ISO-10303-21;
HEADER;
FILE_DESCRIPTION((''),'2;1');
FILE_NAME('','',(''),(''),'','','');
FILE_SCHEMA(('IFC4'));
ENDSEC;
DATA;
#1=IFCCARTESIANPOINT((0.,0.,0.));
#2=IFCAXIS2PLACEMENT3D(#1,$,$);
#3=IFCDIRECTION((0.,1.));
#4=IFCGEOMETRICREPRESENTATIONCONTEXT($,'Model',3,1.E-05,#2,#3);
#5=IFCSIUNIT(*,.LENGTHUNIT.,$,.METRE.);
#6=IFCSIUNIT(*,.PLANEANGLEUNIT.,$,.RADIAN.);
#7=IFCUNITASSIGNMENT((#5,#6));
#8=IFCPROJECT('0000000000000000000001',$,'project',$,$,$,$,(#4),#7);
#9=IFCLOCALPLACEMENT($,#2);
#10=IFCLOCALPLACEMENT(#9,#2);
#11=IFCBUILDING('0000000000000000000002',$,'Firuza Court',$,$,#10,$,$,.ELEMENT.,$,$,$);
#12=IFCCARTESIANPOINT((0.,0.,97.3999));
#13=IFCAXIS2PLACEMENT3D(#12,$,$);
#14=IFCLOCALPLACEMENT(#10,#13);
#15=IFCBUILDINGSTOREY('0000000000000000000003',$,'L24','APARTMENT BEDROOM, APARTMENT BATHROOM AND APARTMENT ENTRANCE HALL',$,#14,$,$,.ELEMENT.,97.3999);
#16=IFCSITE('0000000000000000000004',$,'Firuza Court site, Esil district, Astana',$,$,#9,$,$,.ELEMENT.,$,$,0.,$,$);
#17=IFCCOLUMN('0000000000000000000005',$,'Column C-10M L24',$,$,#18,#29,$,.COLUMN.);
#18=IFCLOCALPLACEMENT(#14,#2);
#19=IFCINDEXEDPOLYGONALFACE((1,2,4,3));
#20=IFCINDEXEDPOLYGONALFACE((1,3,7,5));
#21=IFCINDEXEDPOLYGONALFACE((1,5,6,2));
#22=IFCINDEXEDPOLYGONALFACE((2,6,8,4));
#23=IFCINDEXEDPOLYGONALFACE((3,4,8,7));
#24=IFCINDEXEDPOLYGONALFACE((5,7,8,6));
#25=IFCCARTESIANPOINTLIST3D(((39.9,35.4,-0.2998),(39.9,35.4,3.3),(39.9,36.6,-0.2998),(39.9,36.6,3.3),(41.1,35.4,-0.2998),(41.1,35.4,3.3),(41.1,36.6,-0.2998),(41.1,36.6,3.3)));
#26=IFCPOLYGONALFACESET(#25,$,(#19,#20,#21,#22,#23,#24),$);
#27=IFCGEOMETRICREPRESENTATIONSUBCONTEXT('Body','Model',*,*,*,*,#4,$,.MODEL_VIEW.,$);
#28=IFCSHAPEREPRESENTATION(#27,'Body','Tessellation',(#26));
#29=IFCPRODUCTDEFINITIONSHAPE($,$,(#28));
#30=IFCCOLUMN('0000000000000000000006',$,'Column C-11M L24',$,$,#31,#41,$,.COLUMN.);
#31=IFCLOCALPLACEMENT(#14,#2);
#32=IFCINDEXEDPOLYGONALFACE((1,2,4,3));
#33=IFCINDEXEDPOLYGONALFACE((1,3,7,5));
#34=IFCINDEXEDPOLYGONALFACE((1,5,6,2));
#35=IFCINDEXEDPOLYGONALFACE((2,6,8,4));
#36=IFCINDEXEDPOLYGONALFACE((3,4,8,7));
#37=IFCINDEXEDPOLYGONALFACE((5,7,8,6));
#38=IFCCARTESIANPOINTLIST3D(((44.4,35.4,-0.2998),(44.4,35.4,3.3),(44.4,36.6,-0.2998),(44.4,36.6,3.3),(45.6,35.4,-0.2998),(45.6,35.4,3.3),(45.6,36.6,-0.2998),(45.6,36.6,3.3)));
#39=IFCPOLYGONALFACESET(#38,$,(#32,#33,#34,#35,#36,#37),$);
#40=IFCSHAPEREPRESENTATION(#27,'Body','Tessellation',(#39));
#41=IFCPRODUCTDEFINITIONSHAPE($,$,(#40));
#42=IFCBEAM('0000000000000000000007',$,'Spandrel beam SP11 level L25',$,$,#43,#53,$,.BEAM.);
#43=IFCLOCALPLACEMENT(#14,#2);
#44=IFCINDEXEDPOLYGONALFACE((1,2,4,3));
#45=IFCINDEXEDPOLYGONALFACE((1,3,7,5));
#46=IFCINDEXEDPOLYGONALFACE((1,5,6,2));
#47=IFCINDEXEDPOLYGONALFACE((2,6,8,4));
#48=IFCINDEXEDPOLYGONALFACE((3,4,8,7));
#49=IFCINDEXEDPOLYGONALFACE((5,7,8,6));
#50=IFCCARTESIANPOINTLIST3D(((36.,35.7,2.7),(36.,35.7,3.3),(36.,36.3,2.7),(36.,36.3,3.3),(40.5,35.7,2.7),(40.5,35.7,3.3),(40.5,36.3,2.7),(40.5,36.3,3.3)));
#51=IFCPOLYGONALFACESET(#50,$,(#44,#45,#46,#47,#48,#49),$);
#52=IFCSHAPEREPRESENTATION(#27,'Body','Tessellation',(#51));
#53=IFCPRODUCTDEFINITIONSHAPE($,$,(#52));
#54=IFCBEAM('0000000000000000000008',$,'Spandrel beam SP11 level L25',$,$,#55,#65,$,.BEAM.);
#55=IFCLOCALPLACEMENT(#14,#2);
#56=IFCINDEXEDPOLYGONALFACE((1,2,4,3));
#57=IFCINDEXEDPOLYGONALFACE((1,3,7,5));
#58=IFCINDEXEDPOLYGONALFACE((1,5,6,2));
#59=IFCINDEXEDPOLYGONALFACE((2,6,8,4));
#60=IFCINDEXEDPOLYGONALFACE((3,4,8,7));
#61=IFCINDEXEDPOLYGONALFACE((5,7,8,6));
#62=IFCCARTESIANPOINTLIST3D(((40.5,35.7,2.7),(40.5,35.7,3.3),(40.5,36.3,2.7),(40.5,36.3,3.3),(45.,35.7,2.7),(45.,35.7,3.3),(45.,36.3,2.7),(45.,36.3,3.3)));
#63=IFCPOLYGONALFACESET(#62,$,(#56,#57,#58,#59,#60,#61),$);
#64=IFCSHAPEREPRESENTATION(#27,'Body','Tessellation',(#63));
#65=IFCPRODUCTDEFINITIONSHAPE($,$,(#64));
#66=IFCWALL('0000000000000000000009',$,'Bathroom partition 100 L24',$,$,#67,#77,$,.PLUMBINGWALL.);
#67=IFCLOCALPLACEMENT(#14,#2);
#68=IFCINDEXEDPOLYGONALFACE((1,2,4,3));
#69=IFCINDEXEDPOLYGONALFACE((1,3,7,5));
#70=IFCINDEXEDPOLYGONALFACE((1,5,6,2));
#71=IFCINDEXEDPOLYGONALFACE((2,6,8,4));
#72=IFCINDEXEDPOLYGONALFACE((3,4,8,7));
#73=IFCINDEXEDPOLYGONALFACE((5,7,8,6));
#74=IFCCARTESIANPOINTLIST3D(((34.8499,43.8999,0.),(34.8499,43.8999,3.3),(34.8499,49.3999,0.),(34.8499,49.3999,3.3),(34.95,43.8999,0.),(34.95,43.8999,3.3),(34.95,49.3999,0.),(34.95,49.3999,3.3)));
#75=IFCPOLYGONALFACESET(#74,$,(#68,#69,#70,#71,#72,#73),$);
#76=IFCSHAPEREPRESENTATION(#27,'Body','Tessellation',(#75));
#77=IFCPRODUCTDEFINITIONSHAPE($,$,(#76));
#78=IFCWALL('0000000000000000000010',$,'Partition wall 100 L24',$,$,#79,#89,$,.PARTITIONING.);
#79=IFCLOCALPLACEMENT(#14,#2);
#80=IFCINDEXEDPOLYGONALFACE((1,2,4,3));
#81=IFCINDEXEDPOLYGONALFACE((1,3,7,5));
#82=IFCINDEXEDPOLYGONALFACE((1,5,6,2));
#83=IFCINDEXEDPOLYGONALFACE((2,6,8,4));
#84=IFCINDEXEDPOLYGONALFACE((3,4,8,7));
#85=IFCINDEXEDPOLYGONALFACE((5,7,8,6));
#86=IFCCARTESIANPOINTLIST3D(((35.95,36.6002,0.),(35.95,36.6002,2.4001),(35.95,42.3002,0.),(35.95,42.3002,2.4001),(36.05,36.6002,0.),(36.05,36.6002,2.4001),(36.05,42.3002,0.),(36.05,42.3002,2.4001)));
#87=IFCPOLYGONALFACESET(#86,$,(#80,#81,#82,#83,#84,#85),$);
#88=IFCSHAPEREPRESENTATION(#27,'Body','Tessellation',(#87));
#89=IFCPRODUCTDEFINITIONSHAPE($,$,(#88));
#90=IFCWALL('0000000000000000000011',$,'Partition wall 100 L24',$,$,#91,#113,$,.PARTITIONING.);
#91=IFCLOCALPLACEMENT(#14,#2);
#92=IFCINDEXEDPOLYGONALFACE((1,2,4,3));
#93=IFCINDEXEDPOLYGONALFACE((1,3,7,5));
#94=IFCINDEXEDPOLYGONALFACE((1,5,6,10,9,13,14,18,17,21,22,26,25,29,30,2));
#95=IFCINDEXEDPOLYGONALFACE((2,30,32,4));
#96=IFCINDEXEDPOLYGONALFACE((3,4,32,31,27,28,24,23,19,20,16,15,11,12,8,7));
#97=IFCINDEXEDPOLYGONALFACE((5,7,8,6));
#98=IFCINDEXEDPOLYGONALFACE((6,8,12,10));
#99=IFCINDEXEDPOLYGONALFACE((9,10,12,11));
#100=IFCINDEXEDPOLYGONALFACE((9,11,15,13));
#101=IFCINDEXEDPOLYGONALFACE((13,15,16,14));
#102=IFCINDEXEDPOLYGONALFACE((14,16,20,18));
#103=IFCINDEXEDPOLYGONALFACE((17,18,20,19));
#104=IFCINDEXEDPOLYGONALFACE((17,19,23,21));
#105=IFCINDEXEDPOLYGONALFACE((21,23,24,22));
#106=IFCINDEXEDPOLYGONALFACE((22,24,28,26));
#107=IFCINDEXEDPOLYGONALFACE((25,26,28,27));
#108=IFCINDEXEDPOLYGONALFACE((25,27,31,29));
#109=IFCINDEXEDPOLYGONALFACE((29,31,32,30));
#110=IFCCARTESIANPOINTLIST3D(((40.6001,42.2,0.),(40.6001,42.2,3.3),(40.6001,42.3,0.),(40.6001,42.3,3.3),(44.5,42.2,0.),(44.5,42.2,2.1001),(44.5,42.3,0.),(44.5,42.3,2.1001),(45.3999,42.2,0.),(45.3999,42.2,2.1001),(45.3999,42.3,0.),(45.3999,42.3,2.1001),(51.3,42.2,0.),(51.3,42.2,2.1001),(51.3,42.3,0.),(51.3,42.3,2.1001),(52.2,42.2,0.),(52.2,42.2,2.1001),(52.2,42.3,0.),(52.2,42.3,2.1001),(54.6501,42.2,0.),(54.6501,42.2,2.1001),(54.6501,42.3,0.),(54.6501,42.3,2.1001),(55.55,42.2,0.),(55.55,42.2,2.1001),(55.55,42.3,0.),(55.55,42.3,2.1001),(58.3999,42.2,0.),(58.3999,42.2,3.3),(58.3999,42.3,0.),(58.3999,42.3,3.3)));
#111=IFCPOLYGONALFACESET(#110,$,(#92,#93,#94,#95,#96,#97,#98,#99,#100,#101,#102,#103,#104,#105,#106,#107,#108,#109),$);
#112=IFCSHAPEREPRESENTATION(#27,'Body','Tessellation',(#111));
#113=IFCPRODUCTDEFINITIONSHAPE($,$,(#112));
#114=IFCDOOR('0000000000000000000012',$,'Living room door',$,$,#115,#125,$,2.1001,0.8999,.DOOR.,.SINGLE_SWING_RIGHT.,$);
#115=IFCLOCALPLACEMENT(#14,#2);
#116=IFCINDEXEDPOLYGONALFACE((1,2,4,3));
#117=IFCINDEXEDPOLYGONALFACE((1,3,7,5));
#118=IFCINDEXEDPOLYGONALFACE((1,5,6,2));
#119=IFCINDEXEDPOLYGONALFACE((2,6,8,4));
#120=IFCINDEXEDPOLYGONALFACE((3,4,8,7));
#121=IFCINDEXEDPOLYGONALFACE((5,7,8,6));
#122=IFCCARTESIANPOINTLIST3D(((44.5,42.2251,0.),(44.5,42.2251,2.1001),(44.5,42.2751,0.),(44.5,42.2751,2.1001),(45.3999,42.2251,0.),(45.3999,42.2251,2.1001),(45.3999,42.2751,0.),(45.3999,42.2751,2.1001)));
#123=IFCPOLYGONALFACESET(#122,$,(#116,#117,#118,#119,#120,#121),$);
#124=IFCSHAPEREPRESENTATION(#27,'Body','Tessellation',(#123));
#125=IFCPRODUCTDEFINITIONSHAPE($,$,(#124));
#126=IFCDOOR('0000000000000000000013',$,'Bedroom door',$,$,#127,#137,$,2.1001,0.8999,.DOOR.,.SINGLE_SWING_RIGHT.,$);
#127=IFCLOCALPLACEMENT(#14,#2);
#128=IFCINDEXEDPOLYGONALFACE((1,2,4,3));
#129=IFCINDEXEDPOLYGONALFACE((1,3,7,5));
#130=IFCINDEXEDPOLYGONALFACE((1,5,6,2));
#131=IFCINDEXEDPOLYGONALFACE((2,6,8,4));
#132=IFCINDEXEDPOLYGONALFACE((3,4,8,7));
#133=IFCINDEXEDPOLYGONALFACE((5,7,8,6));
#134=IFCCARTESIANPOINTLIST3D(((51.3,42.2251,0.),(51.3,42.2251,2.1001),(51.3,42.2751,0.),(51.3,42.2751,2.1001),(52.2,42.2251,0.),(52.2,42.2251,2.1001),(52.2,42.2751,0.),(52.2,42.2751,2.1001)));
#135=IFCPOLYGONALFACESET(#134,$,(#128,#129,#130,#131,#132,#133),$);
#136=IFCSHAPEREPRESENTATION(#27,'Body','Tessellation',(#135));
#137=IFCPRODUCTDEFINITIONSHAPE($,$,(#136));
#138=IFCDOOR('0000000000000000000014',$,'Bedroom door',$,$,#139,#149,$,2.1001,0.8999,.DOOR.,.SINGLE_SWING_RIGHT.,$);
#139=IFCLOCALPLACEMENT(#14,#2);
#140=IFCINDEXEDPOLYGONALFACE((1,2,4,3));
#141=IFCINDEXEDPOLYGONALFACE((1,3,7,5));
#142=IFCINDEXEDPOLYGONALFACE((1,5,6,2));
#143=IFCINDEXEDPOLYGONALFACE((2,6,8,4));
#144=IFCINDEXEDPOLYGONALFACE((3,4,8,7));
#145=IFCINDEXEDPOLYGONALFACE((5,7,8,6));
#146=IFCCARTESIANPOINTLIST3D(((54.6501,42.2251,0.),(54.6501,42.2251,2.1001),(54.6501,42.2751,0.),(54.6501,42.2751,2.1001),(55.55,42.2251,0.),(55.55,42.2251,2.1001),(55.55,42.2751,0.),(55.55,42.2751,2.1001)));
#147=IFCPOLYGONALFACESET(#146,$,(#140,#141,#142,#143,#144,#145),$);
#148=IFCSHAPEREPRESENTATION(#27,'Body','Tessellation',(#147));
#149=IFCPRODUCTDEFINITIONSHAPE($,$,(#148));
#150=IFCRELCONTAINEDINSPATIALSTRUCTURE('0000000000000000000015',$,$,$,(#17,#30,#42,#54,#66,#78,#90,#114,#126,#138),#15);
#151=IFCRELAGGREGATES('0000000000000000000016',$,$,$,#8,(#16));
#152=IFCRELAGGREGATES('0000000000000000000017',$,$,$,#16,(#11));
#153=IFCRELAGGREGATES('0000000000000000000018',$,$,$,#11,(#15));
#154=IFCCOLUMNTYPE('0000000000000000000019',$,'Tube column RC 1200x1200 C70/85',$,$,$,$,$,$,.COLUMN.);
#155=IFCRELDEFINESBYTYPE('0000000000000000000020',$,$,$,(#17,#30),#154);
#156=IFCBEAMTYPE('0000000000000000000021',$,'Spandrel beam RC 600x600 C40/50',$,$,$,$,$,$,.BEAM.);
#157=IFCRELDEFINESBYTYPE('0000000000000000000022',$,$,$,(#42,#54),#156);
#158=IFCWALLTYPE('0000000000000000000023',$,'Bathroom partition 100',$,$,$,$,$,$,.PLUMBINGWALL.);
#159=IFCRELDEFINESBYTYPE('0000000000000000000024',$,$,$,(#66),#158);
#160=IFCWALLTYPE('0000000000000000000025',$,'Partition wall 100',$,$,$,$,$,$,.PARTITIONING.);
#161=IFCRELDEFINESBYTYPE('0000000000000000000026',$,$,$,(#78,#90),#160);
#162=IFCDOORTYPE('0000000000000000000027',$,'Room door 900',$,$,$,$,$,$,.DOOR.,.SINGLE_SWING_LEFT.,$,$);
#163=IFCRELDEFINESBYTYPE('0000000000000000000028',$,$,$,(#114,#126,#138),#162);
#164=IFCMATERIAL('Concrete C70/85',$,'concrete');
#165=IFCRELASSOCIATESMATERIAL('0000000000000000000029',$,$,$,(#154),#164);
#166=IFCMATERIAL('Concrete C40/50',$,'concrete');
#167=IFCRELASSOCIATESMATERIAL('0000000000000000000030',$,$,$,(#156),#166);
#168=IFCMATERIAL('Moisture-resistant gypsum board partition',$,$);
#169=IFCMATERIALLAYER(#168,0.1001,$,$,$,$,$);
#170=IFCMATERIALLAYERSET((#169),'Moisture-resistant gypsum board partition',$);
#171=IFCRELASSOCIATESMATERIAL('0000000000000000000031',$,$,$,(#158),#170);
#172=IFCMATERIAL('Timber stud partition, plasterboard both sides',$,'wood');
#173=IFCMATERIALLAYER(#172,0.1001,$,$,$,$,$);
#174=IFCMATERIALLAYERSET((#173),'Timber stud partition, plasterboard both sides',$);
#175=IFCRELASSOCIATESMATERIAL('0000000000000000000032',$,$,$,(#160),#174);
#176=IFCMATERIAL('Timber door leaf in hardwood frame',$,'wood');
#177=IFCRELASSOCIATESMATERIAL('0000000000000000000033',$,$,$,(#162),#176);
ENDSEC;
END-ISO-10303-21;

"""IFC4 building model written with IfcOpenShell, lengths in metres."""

from ifc_helpers import new_model, si_unit, direction, frame, frame_2d, origin, origin_2d, place, context, subcontext, project, spatial, rectangle, extrude, material, layer, layer_set, material_profile, profile_set, type_object, element, fill, save


model = new_model("IFC4")

# Units and contexts
model_context = context("Model", 3, precision=1e-05, world=origin(), true_north=direction((0.0, 1.0)))
body_context = subcontext(model_context, "Body", "Model", "MODEL_VIEW")
ifc_project = project(units=[si_unit("LENGTHUNIT", "METRE"), si_unit("PLANEANGLEUNIT", "RADIAN")], contexts=[model_context])

# Site, building, storey
site_placement = place(None, origin())
site = spatial("IfcSite", under=ifc_project, at=site_placement, Name="Firuza Court site, Esil district, Astana", CompositionType="ELEMENT", RefElevation=0.0)
building_placement = place(site_placement, origin())
building = spatial("IfcBuilding", under=site, at=building_placement, Name="Firuza Court", CompositionType="ELEMENT")
storey_placement = place(building_placement, frame((0.0, 0.0, 97.3999)))
storey = spatial("IfcBuildingStorey", under=building, at=storey_placement, Name="L24", Description="APARTMENT BEDROOM, APARTMENT BATHROOM AND APARTMENT ENTRANCE HALL", CompositionType="ELEMENT", Elevation=97.3999)

# Columns
ifc_material_1 = material(Name="Concrete C70/85", Category="concrete")
ifc_material_profile_1 = material_profile(ifc_material_1, rectangle(XDim=1.2, YDim=1.2, at=origin_2d()), Name="RC 1200x1200")
ifc_profile_set_1 = profile_set([ifc_material_profile_1], Name="Concrete C70/85")
column_type = type_object("IfcColumnType", Name="Tube column RC 1200x1200 C70/85", PredefinedType="COLUMN", material=ifc_profile_set_1)
for number, where, z_axis, x_axis, name in (
    (1, (40.5, 36.0, -0.2998), (0.0, 0.0, 1.0), (1.0, 0.0, 0.0), "Column C-10M L24"),
    (2, (45.0, 36.0, -0.2998), (0.0, 0.0, 1.0), (1.0, 0.0, 0.0), "Column C-11M L24"),
):
    element("IfcColumn", number, at=place(storey_placement, frame(where, z_axis=z_axis, x_axis=x_axis)), inside=storey, type_object=column_type, Name=name, PredefinedType="COLUMN", context=body_context, shape_type="SweptSolid", body=[
        extrude(rectangle(XDim=1.2, YDim=1.2, at=origin_2d()), origin(), (0.0, 0.0, 1.0), 3.5999),
    ])

# Beams
ifc_material_2 = material(Name="Concrete C40/50", Category="concrete")
ifc_material_profile_2 = material_profile(ifc_material_2, rectangle(XDim=0.6001, YDim=0.6001, at=origin_2d()), Name="RC 600x600")
ifc_profile_set_2 = profile_set([ifc_material_profile_2], Name="Concrete C40/50")
beam_type = type_object("IfcBeamType", Name="Spandrel beam RC 600x600 C40/50", PredefinedType="BEAM", material=ifc_profile_set_2)
for number, where, z_axis, x_axis, name in (
    (3, (36.0, 36.0, 3.0), (1.0, 0.0, 0.0), (0.0, 1.0, 0.0), "Spandrel beam SP11 level L25"),
    (4, (40.5, 36.0, 3.0), (1.0, 0.0, 0.0), (0.0, 1.0, 0.0), "Spandrel beam SP11 level L25"),
):
    element("IfcBeam", number, at=place(storey_placement, frame(where, z_axis=z_axis, x_axis=x_axis)), inside=storey, type_object=beam_type, Name=name, PredefinedType="BEAM", context=body_context, shape_type="SweptSolid", body=[
        extrude(rectangle(XDim=0.6001, YDim=0.6001, at=origin_2d()), origin(), (0.0, 0.0, 1.0), 4.5),
    ])

# Walls
ifc_material_3 = material(Name="Moisture-resistant gypsum board partition")
ifc_layer_1 = layer(ifc_material_3, 0.1001)
ifc_layer_set_1 = layer_set([ifc_layer_1], Name="Moisture-resistant gypsum board partition")
wall_type_1 = type_object("IfcWallType", Name="Bathroom partition 100", PredefinedType="PLUMBINGWALL", material=ifc_layer_set_1)
wall_1_placement = place(storey_placement, frame((34.8999, 43.8999, 0.0), z_axis=(0.0, 0.0, 1.0), x_axis=(0.0, 1.0, 0.0)))
element("IfcWall", 5, at=wall_1_placement, inside=storey, type_object=wall_type_1, Name="Bathroom partition 100 L24", PredefinedType="PLUMBINGWALL", context=body_context, shape_type="SweptSolid", body=[
    extrude(rectangle(XDim=5.5, YDim=0.1001, at=frame_2d((2.75, 0.0))), origin(), (0.0, 0.0, 1.0), 3.3),
])
ifc_material_4 = material(Name="Timber stud partition, plasterboard both sides", Category="wood")
ifc_layer_2 = layer(ifc_material_4, 0.1001)
ifc_layer_set_2 = layer_set([ifc_layer_2], Name="Timber stud partition, plasterboard both sides")
wall_type_2 = type_object("IfcWallType", Name="Partition wall 100", PredefinedType="PARTITIONING", material=ifc_layer_set_2)
wall_2_placement = place(storey_placement, frame((36.0, 36.6001, 0.0), z_axis=(0.0, 0.0, 1.0), x_axis=(0.0, 1.0, 0.0)))
element("IfcWall", 6, at=wall_2_placement, inside=storey, type_object=wall_type_2, Name="Partition wall 100 L24", PredefinedType="PARTITIONING", context=body_context, shape_type="SweptSolid", body=[
    extrude(rectangle(XDim=5.7, YDim=0.1001, at=frame_2d((2.8501, 0.0))), origin(), (0.0, 0.0, 1.0), 2.4001),
])

# Wall, openings, doors
wall_3_placement = place(storey_placement, frame((40.6001, 42.25, 0.0), z_axis=(0.0, 0.0, 1.0), x_axis=(1.0, 0.0, 0.0)))
wall_3 = element("IfcWall", 7, at=wall_3_placement, inside=storey, type_object=wall_type_2, Name="Partition wall 100 L24", PredefinedType="PARTITIONING", context=body_context, shape_type="SweptSolid", body=[
    extrude(rectangle(XDim=17.7998, YDim=0.1001, at=frame_2d((8.8999, 0.0))), origin(), (0.0, 0.0, 1.0), 3.3),
])
opening_1_placement = place(wall_3_placement, frame((3.8999, 0.0, 0.0)))
opening_1 = element("IfcOpeningElement", 8, at=opening_1_placement, cuts=wall_3, PredefinedType="OPENING", context=body_context, shape_type="SweptSolid", body=[
    extrude(rectangle(XDim=0.8999, YDim=2.1001, at=frame_2d((0.45, 1.05))), frame((0.0, 0.062, 0.0), z_axis=(0.0, -1.0, 0.0), x_axis=(1.0, 0.0, 0.0)), (0.0, 0.0, 1.0), 0.124),
])
opening_2_placement = place(wall_3_placement, frame((10.7, 0.0, 0.0)))
opening_2 = element("IfcOpeningElement", 9, at=opening_2_placement, cuts=wall_3, PredefinedType="OPENING", context=body_context, shape_type="SweptSolid", body=[
    extrude(rectangle(XDim=0.8999, YDim=2.1001, at=frame_2d((0.45, 1.05))), frame((0.0, 0.062, 0.0), z_axis=(0.0, -1.0, 0.0), x_axis=(1.0, 0.0, 0.0)), (0.0, 0.0, 1.0), 0.124),
])
opening_3_placement = place(wall_3_placement, frame((14.05, 0.0, 0.0)))
opening_3 = element("IfcOpeningElement", 10, at=opening_3_placement, cuts=wall_3, PredefinedType="OPENING", context=body_context, shape_type="SweptSolid", body=[
    extrude(rectangle(XDim=0.8999, YDim=2.1001, at=frame_2d((0.45, 1.05))), frame((0.0, 0.062, 0.0), z_axis=(0.0, -1.0, 0.0), x_axis=(1.0, 0.0, 0.0)), (0.0, 0.0, 1.0), 0.124),
])
ifc_material_5 = material(Name="Timber door leaf in hardwood frame", Category="wood")
door_type = type_object("IfcDoorType", Name="Room door 900", OperationType="SINGLE_SWING_LEFT", PredefinedType="DOOR", material=ifc_material_5)
door_1_placement = place(opening_1_placement, frame((0.8999, 0.0, 0.0), z_axis=(0.0, 0.0, 1.0), x_axis=(-1.0, 0.0, 0.0)))
door_1 = element("IfcDoor", 11, at=door_1_placement, inside=storey, type_object=door_type, Name="Living room door", OperationType="SINGLE_SWING_RIGHT", OverallHeight=2.1001, OverallWidth=0.8999, PredefinedType="DOOR", context=body_context, shape_type="SweptSolid", body=[
    extrude(rectangle(XDim=0.8999, YDim=2.1001, at=frame_2d((0.45, 1.05))), frame((0.0, 0.0249, 0.0), z_axis=(0.0, -1.0, 0.0), x_axis=(1.0, 0.0, 0.0)), (0.0, 0.0, 1.0), 0.05),
])
fill(opening_1, door_1)
door_2_placement = place(opening_2_placement, frame((0.8999, 0.0, 0.0), z_axis=(0.0, 0.0, 1.0), x_axis=(-1.0, 0.0, 0.0)))
door_2 = element("IfcDoor", 12, at=door_2_placement, inside=storey, type_object=door_type, Name="Bedroom door", OperationType="SINGLE_SWING_RIGHT", OverallHeight=2.1001, OverallWidth=0.8999, PredefinedType="DOOR", context=body_context, shape_type="SweptSolid", body=[
    extrude(rectangle(XDim=0.8999, YDim=2.1001, at=frame_2d((0.45, 1.05))), frame((0.0, 0.0249, 0.0), z_axis=(0.0, -1.0, 0.0), x_axis=(1.0, 0.0, 0.0)), (0.0, 0.0, 1.0), 0.05),
])
fill(opening_2, door_2)
door_3_placement = place(opening_3_placement, frame((0.8999, 0.0, 0.0), z_axis=(0.0, 0.0, 1.0), x_axis=(-1.0, 0.0, 0.0)))
door_3 = element("IfcDoor", 13, at=door_3_placement, inside=storey, type_object=door_type, Name="Bedroom door", OperationType="SINGLE_SWING_RIGHT", OverallHeight=2.1001, OverallWidth=0.8999, PredefinedType="DOOR", context=body_context, shape_type="SweptSolid", body=[
    extrude(rectangle(XDim=0.8999, YDim=2.1001, at=frame_2d((0.45, 1.05))), frame((0.0, 0.0249, 0.0), z_axis=(0.0, -1.0, 0.0), x_axis=(1.0, 0.0, 0.0)), (0.0, 0.0, 1.0), 0.05),
])
fill(opening_3, door_3)

save(model, "model.ifc")
